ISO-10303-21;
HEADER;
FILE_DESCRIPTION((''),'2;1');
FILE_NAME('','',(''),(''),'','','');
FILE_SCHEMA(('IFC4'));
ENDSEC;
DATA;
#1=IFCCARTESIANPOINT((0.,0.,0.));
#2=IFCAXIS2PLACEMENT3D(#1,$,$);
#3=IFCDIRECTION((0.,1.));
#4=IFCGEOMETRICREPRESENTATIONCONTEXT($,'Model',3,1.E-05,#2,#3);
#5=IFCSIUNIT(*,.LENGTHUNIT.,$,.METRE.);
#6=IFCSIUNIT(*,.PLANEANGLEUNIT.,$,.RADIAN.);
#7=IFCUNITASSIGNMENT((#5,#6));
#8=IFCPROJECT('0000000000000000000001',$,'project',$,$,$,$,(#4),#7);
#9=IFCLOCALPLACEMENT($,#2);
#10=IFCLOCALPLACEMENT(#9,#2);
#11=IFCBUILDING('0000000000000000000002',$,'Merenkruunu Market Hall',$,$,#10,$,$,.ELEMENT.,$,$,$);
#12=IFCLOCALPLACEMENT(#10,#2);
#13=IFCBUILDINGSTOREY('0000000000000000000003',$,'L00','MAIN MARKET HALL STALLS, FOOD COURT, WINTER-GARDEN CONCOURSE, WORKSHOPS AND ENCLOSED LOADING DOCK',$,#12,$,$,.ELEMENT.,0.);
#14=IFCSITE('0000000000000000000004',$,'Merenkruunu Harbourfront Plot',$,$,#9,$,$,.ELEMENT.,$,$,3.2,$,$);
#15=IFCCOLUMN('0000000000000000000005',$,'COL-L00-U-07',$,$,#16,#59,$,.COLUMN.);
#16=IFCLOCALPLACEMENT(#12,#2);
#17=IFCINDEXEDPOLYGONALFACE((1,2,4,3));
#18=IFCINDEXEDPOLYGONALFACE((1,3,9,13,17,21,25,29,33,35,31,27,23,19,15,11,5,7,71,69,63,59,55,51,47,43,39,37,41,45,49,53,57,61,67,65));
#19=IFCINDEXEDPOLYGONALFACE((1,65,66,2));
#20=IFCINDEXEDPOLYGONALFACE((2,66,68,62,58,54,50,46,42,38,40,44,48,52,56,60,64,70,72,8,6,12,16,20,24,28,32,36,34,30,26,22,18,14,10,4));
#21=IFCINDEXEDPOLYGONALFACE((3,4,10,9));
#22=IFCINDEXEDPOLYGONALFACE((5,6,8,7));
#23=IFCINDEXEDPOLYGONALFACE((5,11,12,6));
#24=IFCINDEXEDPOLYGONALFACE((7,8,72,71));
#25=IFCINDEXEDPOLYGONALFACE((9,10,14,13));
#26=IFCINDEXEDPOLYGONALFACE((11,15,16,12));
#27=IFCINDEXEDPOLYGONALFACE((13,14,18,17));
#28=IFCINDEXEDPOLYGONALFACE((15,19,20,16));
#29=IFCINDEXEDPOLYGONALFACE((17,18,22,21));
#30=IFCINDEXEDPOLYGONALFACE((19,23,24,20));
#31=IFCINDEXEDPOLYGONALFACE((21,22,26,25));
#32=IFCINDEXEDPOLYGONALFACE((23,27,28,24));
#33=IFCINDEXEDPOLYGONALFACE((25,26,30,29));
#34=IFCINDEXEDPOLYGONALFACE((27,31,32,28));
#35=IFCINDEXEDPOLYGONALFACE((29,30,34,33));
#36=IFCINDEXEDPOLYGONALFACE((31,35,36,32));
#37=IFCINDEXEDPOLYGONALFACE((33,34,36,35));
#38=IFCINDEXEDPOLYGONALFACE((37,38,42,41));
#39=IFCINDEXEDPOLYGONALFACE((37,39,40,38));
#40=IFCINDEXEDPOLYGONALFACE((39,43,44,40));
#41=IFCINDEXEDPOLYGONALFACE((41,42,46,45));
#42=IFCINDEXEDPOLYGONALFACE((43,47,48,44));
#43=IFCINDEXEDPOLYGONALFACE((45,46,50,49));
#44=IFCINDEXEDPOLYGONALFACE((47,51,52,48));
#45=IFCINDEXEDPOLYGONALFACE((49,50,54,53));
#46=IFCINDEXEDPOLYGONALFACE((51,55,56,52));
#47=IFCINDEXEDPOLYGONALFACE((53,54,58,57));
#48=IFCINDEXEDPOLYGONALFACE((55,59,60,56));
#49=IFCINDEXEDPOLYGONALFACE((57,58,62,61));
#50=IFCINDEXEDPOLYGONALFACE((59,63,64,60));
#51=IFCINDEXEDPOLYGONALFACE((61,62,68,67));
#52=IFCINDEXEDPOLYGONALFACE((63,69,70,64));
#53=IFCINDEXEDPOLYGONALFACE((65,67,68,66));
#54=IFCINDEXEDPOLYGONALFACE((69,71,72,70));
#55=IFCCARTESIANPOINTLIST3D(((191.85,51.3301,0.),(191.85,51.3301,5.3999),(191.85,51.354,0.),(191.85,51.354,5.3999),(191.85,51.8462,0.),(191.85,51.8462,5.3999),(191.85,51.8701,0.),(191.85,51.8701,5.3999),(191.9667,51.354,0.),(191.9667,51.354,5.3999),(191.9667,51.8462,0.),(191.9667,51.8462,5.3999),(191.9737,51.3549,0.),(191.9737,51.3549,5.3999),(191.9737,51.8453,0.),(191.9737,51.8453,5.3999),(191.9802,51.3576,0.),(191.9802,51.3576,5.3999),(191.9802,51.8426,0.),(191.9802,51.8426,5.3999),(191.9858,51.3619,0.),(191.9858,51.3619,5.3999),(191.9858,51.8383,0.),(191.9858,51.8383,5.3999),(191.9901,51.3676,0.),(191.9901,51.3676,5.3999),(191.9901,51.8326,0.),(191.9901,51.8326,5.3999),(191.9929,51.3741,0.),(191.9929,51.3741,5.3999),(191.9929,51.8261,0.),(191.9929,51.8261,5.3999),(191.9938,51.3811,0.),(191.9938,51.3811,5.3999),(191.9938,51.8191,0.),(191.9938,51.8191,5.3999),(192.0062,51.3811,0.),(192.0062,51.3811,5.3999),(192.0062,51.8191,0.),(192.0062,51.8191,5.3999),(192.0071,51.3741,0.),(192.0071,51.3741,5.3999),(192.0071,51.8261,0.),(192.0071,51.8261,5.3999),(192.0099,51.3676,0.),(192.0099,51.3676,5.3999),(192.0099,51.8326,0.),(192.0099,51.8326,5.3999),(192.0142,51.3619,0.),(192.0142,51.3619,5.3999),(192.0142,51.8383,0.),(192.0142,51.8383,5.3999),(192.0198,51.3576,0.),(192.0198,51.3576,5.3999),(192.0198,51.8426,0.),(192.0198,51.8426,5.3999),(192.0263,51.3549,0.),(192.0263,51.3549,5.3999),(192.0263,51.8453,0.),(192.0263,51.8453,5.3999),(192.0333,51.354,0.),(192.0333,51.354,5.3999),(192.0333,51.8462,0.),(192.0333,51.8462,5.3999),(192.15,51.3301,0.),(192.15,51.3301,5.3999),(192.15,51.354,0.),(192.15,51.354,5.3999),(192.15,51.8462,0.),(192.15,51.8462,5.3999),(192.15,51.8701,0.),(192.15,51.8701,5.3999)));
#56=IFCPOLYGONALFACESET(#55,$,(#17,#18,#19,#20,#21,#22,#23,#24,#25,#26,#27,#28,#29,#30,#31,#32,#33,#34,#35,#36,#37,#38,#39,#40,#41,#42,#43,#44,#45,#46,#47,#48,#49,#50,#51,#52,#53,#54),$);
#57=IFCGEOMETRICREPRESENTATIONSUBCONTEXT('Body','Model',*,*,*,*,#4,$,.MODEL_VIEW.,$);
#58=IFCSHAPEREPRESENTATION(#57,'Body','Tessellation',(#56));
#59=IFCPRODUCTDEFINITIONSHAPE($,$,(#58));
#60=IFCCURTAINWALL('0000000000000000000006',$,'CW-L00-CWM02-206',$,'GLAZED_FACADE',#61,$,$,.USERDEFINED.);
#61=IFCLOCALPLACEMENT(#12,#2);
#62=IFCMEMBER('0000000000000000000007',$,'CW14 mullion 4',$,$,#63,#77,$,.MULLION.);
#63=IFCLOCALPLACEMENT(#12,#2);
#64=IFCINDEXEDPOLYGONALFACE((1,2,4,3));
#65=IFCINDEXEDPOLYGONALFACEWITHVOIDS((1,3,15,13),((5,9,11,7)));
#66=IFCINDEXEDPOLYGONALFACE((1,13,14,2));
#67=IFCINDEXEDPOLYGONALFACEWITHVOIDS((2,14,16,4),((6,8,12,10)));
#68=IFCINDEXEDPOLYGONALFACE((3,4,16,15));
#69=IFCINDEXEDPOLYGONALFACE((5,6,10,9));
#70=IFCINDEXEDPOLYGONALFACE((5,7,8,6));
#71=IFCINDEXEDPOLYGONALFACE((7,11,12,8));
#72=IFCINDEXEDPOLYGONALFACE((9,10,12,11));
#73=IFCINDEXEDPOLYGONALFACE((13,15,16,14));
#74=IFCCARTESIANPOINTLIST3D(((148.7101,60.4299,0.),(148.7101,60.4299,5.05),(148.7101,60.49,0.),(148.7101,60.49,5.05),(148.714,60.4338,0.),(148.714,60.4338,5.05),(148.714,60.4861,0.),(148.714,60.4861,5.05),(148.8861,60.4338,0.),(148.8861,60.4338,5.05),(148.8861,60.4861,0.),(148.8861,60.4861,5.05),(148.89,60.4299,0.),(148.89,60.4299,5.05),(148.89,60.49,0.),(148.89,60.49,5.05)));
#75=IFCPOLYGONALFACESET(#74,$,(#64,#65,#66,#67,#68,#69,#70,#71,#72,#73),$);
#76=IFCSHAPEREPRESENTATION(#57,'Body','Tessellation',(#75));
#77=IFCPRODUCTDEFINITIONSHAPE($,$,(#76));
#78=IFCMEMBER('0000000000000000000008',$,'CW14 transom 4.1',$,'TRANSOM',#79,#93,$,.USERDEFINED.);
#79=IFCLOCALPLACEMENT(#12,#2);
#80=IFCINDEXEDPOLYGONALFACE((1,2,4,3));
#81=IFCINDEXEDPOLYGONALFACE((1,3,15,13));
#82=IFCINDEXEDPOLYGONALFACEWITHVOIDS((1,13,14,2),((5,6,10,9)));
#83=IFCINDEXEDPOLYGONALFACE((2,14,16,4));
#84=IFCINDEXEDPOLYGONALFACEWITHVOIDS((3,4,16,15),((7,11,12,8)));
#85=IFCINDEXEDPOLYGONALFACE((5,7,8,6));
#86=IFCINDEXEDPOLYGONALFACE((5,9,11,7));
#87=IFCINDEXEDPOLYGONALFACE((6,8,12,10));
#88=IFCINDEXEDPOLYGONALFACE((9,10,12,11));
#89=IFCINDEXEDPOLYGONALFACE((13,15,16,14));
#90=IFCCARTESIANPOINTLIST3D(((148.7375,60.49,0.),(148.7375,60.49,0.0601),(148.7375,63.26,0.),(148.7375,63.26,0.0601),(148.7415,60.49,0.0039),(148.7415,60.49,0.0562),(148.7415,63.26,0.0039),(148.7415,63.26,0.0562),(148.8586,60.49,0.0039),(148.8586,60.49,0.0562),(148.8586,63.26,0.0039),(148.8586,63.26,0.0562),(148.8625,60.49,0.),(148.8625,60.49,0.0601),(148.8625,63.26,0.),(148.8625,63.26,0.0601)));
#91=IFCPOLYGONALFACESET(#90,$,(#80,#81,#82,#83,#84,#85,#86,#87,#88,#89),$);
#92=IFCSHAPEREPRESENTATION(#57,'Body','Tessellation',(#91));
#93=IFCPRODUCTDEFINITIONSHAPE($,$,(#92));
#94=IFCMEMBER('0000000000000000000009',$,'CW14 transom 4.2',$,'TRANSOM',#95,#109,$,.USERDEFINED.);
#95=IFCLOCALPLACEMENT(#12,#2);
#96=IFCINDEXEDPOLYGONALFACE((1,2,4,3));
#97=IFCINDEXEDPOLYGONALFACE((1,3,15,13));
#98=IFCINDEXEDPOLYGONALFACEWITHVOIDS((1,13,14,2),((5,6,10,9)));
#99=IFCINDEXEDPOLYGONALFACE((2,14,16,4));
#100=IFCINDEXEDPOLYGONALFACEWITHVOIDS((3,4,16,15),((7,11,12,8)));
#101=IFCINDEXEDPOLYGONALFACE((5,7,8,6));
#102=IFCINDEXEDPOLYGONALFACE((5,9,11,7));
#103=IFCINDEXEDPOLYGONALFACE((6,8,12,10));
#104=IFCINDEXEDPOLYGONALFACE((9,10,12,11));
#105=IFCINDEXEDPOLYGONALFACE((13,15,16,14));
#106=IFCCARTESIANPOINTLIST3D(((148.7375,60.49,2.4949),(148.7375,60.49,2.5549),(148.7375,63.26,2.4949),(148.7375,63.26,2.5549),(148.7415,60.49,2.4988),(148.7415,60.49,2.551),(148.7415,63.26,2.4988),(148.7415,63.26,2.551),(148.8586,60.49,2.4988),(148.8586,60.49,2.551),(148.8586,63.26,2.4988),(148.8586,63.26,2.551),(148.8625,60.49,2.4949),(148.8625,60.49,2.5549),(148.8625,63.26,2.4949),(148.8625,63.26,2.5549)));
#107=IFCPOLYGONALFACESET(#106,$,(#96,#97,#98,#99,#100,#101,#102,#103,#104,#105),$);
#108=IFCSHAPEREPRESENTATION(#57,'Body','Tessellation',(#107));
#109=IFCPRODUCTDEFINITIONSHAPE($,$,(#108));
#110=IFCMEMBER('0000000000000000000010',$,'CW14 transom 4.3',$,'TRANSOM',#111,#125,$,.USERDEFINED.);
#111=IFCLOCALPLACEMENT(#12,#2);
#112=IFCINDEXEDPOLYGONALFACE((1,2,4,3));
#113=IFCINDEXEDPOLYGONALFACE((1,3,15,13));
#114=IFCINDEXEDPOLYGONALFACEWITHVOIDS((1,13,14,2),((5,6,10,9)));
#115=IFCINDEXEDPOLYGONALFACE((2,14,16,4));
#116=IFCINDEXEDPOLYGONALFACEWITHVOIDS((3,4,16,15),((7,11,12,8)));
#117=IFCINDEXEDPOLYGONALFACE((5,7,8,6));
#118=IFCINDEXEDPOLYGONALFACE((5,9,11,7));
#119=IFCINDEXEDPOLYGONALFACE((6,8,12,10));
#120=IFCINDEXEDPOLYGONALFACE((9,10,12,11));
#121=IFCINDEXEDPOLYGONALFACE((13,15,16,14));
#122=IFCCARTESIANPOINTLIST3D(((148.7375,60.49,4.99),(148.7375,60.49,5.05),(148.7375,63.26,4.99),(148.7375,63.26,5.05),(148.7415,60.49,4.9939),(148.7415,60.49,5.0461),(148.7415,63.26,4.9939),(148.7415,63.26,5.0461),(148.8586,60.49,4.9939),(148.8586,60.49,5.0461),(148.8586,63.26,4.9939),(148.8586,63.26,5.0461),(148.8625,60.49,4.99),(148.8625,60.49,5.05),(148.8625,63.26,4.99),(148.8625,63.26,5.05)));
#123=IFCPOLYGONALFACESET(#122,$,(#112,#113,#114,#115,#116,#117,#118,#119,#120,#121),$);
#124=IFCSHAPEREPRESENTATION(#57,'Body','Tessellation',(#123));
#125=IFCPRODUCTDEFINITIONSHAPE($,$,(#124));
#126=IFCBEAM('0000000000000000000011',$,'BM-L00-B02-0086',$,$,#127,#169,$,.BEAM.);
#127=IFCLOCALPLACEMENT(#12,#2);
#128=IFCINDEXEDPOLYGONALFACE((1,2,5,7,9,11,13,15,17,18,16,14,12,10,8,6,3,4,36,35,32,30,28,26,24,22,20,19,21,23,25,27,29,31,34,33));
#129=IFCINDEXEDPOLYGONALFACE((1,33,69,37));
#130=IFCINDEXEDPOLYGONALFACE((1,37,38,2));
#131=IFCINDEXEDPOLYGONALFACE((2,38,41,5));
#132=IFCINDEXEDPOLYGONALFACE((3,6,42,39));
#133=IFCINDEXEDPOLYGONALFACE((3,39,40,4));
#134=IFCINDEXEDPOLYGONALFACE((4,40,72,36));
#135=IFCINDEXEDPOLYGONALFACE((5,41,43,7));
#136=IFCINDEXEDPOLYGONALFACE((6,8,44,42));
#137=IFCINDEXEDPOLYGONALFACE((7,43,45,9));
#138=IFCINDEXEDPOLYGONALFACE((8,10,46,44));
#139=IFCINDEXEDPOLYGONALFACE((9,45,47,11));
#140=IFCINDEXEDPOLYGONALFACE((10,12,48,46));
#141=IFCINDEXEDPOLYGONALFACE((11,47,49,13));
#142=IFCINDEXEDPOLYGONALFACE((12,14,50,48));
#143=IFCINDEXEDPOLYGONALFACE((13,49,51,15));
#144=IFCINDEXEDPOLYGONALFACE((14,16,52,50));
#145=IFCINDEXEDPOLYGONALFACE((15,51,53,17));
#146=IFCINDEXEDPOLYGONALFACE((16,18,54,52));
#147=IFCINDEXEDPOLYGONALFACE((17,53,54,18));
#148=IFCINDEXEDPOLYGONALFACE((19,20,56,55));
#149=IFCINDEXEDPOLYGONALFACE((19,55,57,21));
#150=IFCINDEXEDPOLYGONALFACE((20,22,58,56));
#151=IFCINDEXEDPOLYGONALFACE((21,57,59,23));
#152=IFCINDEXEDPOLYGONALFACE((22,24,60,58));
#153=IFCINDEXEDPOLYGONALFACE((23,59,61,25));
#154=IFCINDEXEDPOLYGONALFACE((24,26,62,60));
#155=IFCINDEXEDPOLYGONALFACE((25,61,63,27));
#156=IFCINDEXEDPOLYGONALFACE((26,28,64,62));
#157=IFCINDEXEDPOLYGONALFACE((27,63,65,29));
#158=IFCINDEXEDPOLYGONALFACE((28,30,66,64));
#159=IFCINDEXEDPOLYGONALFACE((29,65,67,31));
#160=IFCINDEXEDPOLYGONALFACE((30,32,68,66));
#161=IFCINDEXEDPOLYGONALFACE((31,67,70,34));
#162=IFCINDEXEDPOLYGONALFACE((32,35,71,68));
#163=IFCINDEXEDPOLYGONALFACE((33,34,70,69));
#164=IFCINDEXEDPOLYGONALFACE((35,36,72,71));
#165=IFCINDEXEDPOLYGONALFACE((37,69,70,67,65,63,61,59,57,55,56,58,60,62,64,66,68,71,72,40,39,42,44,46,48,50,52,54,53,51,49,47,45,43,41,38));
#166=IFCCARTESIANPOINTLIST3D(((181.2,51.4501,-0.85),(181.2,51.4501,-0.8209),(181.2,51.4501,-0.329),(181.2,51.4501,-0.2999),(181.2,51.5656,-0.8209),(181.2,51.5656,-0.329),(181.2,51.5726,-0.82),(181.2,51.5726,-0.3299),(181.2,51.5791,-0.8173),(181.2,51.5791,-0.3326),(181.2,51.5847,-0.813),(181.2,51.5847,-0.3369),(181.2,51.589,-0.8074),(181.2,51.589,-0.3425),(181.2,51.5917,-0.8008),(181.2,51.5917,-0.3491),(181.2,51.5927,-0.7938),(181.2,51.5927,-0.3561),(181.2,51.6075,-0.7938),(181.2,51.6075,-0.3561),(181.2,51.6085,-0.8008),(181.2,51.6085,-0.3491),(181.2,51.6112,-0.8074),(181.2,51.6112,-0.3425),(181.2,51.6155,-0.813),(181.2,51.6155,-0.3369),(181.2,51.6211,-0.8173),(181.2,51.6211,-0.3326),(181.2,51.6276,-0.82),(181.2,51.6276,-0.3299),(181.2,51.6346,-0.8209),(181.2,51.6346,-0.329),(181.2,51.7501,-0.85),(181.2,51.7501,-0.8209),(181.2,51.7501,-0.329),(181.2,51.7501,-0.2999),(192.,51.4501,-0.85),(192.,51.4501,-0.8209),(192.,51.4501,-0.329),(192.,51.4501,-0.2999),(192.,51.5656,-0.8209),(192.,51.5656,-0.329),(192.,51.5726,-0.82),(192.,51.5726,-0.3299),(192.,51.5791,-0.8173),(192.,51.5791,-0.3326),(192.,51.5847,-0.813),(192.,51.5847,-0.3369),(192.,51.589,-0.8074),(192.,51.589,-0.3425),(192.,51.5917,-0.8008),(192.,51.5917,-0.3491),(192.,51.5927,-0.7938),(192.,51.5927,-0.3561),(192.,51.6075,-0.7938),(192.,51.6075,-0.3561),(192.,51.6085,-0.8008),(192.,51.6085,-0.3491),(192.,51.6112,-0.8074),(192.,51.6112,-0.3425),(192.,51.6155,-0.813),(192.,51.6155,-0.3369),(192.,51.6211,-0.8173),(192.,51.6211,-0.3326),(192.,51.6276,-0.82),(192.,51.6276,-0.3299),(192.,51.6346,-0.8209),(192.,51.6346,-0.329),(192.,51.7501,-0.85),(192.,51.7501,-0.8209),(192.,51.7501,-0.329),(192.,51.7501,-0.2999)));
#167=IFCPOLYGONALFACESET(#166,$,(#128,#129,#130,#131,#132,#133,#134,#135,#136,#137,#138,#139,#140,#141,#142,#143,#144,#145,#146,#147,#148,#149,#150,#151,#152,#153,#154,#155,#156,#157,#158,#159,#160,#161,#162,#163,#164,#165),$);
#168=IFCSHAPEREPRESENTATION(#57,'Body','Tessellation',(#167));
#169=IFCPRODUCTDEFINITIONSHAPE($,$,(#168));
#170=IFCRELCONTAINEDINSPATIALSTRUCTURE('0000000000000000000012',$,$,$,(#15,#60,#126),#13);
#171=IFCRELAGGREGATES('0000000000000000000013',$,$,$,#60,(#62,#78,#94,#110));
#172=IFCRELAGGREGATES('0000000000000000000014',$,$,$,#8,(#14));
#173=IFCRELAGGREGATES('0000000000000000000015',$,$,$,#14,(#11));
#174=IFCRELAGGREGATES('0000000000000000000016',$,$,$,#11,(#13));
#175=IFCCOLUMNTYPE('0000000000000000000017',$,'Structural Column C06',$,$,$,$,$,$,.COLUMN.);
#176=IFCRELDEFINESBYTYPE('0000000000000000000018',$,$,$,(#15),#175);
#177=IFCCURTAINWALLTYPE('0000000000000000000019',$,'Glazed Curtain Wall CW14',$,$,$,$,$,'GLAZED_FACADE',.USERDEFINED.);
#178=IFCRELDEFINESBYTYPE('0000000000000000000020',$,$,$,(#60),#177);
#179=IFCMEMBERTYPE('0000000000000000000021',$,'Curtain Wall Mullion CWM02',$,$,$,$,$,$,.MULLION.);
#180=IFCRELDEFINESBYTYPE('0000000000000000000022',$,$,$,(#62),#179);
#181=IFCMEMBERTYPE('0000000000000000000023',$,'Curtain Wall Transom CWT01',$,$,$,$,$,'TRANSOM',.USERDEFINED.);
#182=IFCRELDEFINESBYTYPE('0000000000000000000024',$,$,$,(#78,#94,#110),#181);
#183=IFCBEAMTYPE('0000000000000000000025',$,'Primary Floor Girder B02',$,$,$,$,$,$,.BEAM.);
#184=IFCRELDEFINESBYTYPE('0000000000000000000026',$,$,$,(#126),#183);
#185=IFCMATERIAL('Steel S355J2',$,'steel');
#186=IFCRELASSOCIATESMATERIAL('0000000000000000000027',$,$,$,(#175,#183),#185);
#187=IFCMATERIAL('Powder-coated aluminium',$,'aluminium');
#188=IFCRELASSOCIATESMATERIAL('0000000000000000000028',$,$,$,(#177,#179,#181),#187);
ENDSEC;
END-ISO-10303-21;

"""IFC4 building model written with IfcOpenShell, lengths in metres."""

from ifc_helpers import new_model, si_unit, direction, frame, origin, origin_2d, place, context, subcontext, project, spatial, hollow_rectangle, i_section, extrude, material, material_profile, profile_set, type_object, element, aggregate, save


model = new_model("IFC4")

# Units and contexts
model_context = context("Model", 3, precision=1e-05, world=origin(), true_north=direction((0.0, 1.0)))
body_context = subcontext(model_context, "Body", "Model", "MODEL_VIEW")
ifc_project = project(units=[si_unit("LENGTHUNIT", "METRE"), si_unit("PLANEANGLEUNIT", "RADIAN")], contexts=[model_context])

# Site, building, storey
site_placement = place(None, origin())
site = spatial("IfcSite", under=ifc_project, at=site_placement, Name="Merenkruunu Harbourfront Plot", CompositionType="ELEMENT", RefElevation=3.2)
building_placement = place(site_placement, origin())
building = spatial("IfcBuilding", under=site, at=building_placement, Name="Merenkruunu Market Hall", CompositionType="ELEMENT")
storey_placement = place(building_placement, origin())
storey = spatial("IfcBuildingStorey", under=building, at=storey_placement, Name="L00", Description="MAIN MARKET HALL STALLS, FOOD COURT, WINTER-GARDEN CONCOURSE, WORKSHOPS AND ENCLOSED LOADING DOCK", CompositionType="ELEMENT", Elevation=0.0)

# Column
ifc_material_1 = material(Name="Steel S355J2", Category="steel")
ifc_material_profile_1 = material_profile(ifc_material_1, i_section(OverallWidth=0.3, OverallDepth=0.54, WebThickness=0.0125, FlangeThickness=0.0239, FilletRadius=0.0271, at=origin_2d()), Name="HEA 550")
ifc_profile_set_1 = profile_set([ifc_material_profile_1], Name="Steel S355J2")
column_type = type_object("IfcColumnType", Name="Structural Column C06", PredefinedType="COLUMN", material=ifc_profile_set_1)
column_placement = place(storey_placement, frame((192.0, 51.6001, 0.0), z_axis=(0.0, 0.0, 1.0), x_axis=(1.0, 0.0, 0.0)))
element("IfcColumn", 1, at=column_placement, inside=storey, type_object=column_type, Name="COL-L00-U-07", PredefinedType="COLUMN", context=body_context, shape_type="SweptSolid", body=[
    extrude(i_section(OverallWidth=0.3, OverallDepth=0.54, WebThickness=0.0125, FlangeThickness=0.0239, FilletRadius=0.0271, at=origin_2d()), origin(), (0.0, 0.0, 1.0), 5.3999),
])

# Curtain wall, members
ifc_material_2 = material(Name="Powder-coated aluminium", Category="aluminium")
curtain_wall_type = type_object("IfcCurtainWallType", Name="Glazed Curtain Wall CW14", ElementType="GLAZED_FACADE", PredefinedType="USERDEFINED", material=ifc_material_2)
curtain_wall_placement = place(storey_placement, origin())
curtain_wall = element("IfcCurtainWall", 2, at=curtain_wall_placement, inside=storey, type_object=curtain_wall_type, Name="CW-L00-CWM02-206", ObjectType="GLAZED_FACADE", PredefinedType="USERDEFINED")
ifc_material_profile_2 = material_profile(ifc_material_2, hollow_rectangle(XDim=0.0601, YDim=0.1799, WallThickness=0.0039, at=origin_2d()), Name="ALU 60x180x4")
ifc_profile_set_2 = profile_set([ifc_material_profile_2], Name="Powder-coated aluminium")
member_type_1 = type_object("IfcMemberType", Name="Curtain Wall Mullion CWM02", PredefinedType="MULLION", material=ifc_profile_set_2)
member_1_placement = place(storey_placement, frame((148.8, 60.46, 0.0), z_axis=(0.0, 0.0, 1.0), x_axis=(0.0, 1.0, 0.0)))
member_1 = element("IfcMember", 3, at=member_1_placement, type_object=member_type_1, Name="CW14 mullion 4", PredefinedType="MULLION", context=body_context, shape_type="SweptSolid", body=[
    extrude(hollow_rectangle(XDim=0.0601, YDim=0.1799, WallThickness=0.0039, at=origin_2d()), origin(), (0.0, 0.0, 1.0), 5.05),
])
ifc_material_profile_3 = material_profile(ifc_material_2, hollow_rectangle(XDim=0.0601, YDim=0.125, WallThickness=0.0039, at=origin_2d()), Name="ALU 60x125x4")
ifc_profile_set_3 = profile_set([ifc_material_profile_3], Name="Powder-coated aluminium")
member_type_2 = type_object("IfcMemberType", Name="Curtain Wall Transom CWT01", ElementType="TRANSOM", PredefinedType="USERDEFINED", material=ifc_profile_set_3)
member_2_placement = place(storey_placement, frame((148.8, 60.49, 0.03), z_axis=(0.0, 1.0, 0.0), x_axis=(0.0, 0.0, 1.0)))
member_2 = element("IfcMember", 4, at=member_2_placement, type_object=member_type_2, Name="CW14 transom 4.1", ObjectType="TRANSOM", PredefinedType="USERDEFINED", context=body_context, shape_type="SweptSolid", body=[
    extrude(hollow_rectangle(XDim=0.0601, YDim=0.125, WallThickness=0.0039, at=origin_2d()), origin(), (0.0, 0.0, 1.0), 2.77),
])
member_3_placement = place(storey_placement, frame((148.8, 60.49, 2.5249), z_axis=(0.0, 1.0, 0.0), x_axis=(0.0, 0.0, 1.0)))
member_3 = element("IfcMember", 5, at=member_3_placement, type_object=member_type_2, Name="CW14 transom 4.2", ObjectType="TRANSOM", PredefinedType="USERDEFINED", context=body_context, shape_type="SweptSolid", body=[
    extrude(hollow_rectangle(XDim=0.0601, YDim=0.125, WallThickness=0.0039, at=origin_2d()), origin(), (0.0, 0.0, 1.0), 2.77),
])
member_4_placement = place(storey_placement, frame((148.8, 60.49, 5.02), z_axis=(0.0, 1.0, 0.0), x_axis=(0.0, 0.0, 1.0)))
member_4 = element("IfcMember", 6, at=member_4_placement, type_object=member_type_2, Name="CW14 transom 4.3", ObjectType="TRANSOM", PredefinedType="USERDEFINED", context=body_context, shape_type="SweptSolid", body=[
    extrude(hollow_rectangle(XDim=0.0601, YDim=0.125, WallThickness=0.0039, at=origin_2d()), origin(), (0.0, 0.0, 1.0), 2.77),
])

# Beam
ifc_material_profile_4 = material_profile(ifc_material_1, i_section(OverallWidth=0.3, OverallDepth=0.55, WebThickness=0.0149, FlangeThickness=0.0291, FilletRadius=0.0271, at=origin_2d()), Name="HEB 550")
ifc_profile_set_4 = profile_set([ifc_material_profile_4], Name="Steel S355J2")
beam_type_1 = type_object("IfcBeamType", Name="Primary Floor Girder B02", PredefinedType="BEAM", material=ifc_profile_set_4)
beam_placement = place(storey_placement, frame((181.2, 51.6001, -0.575), z_axis=(1.0, 0.0, 0.0), x_axis=(0.0, 1.0, 0.0)))
element("IfcBeam", 7, at=beam_placement, inside=storey, type_object=beam_type_1, Name="BM-L00-B02-0086", PredefinedType="BEAM", context=body_context, shape_type="SweptSolid", body=[
    extrude(i_section(OverallWidth=0.3, OverallDepth=0.55, WebThickness=0.0149, FlangeThickness=0.0291, FilletRadius=0.0271, at=origin_2d()), origin(), (0.0, 0.0, 1.0), 10.8),
])

aggregate(curtain_wall, [member_1, member_2, member_3, member_4])

save(model, "model.ifc")
